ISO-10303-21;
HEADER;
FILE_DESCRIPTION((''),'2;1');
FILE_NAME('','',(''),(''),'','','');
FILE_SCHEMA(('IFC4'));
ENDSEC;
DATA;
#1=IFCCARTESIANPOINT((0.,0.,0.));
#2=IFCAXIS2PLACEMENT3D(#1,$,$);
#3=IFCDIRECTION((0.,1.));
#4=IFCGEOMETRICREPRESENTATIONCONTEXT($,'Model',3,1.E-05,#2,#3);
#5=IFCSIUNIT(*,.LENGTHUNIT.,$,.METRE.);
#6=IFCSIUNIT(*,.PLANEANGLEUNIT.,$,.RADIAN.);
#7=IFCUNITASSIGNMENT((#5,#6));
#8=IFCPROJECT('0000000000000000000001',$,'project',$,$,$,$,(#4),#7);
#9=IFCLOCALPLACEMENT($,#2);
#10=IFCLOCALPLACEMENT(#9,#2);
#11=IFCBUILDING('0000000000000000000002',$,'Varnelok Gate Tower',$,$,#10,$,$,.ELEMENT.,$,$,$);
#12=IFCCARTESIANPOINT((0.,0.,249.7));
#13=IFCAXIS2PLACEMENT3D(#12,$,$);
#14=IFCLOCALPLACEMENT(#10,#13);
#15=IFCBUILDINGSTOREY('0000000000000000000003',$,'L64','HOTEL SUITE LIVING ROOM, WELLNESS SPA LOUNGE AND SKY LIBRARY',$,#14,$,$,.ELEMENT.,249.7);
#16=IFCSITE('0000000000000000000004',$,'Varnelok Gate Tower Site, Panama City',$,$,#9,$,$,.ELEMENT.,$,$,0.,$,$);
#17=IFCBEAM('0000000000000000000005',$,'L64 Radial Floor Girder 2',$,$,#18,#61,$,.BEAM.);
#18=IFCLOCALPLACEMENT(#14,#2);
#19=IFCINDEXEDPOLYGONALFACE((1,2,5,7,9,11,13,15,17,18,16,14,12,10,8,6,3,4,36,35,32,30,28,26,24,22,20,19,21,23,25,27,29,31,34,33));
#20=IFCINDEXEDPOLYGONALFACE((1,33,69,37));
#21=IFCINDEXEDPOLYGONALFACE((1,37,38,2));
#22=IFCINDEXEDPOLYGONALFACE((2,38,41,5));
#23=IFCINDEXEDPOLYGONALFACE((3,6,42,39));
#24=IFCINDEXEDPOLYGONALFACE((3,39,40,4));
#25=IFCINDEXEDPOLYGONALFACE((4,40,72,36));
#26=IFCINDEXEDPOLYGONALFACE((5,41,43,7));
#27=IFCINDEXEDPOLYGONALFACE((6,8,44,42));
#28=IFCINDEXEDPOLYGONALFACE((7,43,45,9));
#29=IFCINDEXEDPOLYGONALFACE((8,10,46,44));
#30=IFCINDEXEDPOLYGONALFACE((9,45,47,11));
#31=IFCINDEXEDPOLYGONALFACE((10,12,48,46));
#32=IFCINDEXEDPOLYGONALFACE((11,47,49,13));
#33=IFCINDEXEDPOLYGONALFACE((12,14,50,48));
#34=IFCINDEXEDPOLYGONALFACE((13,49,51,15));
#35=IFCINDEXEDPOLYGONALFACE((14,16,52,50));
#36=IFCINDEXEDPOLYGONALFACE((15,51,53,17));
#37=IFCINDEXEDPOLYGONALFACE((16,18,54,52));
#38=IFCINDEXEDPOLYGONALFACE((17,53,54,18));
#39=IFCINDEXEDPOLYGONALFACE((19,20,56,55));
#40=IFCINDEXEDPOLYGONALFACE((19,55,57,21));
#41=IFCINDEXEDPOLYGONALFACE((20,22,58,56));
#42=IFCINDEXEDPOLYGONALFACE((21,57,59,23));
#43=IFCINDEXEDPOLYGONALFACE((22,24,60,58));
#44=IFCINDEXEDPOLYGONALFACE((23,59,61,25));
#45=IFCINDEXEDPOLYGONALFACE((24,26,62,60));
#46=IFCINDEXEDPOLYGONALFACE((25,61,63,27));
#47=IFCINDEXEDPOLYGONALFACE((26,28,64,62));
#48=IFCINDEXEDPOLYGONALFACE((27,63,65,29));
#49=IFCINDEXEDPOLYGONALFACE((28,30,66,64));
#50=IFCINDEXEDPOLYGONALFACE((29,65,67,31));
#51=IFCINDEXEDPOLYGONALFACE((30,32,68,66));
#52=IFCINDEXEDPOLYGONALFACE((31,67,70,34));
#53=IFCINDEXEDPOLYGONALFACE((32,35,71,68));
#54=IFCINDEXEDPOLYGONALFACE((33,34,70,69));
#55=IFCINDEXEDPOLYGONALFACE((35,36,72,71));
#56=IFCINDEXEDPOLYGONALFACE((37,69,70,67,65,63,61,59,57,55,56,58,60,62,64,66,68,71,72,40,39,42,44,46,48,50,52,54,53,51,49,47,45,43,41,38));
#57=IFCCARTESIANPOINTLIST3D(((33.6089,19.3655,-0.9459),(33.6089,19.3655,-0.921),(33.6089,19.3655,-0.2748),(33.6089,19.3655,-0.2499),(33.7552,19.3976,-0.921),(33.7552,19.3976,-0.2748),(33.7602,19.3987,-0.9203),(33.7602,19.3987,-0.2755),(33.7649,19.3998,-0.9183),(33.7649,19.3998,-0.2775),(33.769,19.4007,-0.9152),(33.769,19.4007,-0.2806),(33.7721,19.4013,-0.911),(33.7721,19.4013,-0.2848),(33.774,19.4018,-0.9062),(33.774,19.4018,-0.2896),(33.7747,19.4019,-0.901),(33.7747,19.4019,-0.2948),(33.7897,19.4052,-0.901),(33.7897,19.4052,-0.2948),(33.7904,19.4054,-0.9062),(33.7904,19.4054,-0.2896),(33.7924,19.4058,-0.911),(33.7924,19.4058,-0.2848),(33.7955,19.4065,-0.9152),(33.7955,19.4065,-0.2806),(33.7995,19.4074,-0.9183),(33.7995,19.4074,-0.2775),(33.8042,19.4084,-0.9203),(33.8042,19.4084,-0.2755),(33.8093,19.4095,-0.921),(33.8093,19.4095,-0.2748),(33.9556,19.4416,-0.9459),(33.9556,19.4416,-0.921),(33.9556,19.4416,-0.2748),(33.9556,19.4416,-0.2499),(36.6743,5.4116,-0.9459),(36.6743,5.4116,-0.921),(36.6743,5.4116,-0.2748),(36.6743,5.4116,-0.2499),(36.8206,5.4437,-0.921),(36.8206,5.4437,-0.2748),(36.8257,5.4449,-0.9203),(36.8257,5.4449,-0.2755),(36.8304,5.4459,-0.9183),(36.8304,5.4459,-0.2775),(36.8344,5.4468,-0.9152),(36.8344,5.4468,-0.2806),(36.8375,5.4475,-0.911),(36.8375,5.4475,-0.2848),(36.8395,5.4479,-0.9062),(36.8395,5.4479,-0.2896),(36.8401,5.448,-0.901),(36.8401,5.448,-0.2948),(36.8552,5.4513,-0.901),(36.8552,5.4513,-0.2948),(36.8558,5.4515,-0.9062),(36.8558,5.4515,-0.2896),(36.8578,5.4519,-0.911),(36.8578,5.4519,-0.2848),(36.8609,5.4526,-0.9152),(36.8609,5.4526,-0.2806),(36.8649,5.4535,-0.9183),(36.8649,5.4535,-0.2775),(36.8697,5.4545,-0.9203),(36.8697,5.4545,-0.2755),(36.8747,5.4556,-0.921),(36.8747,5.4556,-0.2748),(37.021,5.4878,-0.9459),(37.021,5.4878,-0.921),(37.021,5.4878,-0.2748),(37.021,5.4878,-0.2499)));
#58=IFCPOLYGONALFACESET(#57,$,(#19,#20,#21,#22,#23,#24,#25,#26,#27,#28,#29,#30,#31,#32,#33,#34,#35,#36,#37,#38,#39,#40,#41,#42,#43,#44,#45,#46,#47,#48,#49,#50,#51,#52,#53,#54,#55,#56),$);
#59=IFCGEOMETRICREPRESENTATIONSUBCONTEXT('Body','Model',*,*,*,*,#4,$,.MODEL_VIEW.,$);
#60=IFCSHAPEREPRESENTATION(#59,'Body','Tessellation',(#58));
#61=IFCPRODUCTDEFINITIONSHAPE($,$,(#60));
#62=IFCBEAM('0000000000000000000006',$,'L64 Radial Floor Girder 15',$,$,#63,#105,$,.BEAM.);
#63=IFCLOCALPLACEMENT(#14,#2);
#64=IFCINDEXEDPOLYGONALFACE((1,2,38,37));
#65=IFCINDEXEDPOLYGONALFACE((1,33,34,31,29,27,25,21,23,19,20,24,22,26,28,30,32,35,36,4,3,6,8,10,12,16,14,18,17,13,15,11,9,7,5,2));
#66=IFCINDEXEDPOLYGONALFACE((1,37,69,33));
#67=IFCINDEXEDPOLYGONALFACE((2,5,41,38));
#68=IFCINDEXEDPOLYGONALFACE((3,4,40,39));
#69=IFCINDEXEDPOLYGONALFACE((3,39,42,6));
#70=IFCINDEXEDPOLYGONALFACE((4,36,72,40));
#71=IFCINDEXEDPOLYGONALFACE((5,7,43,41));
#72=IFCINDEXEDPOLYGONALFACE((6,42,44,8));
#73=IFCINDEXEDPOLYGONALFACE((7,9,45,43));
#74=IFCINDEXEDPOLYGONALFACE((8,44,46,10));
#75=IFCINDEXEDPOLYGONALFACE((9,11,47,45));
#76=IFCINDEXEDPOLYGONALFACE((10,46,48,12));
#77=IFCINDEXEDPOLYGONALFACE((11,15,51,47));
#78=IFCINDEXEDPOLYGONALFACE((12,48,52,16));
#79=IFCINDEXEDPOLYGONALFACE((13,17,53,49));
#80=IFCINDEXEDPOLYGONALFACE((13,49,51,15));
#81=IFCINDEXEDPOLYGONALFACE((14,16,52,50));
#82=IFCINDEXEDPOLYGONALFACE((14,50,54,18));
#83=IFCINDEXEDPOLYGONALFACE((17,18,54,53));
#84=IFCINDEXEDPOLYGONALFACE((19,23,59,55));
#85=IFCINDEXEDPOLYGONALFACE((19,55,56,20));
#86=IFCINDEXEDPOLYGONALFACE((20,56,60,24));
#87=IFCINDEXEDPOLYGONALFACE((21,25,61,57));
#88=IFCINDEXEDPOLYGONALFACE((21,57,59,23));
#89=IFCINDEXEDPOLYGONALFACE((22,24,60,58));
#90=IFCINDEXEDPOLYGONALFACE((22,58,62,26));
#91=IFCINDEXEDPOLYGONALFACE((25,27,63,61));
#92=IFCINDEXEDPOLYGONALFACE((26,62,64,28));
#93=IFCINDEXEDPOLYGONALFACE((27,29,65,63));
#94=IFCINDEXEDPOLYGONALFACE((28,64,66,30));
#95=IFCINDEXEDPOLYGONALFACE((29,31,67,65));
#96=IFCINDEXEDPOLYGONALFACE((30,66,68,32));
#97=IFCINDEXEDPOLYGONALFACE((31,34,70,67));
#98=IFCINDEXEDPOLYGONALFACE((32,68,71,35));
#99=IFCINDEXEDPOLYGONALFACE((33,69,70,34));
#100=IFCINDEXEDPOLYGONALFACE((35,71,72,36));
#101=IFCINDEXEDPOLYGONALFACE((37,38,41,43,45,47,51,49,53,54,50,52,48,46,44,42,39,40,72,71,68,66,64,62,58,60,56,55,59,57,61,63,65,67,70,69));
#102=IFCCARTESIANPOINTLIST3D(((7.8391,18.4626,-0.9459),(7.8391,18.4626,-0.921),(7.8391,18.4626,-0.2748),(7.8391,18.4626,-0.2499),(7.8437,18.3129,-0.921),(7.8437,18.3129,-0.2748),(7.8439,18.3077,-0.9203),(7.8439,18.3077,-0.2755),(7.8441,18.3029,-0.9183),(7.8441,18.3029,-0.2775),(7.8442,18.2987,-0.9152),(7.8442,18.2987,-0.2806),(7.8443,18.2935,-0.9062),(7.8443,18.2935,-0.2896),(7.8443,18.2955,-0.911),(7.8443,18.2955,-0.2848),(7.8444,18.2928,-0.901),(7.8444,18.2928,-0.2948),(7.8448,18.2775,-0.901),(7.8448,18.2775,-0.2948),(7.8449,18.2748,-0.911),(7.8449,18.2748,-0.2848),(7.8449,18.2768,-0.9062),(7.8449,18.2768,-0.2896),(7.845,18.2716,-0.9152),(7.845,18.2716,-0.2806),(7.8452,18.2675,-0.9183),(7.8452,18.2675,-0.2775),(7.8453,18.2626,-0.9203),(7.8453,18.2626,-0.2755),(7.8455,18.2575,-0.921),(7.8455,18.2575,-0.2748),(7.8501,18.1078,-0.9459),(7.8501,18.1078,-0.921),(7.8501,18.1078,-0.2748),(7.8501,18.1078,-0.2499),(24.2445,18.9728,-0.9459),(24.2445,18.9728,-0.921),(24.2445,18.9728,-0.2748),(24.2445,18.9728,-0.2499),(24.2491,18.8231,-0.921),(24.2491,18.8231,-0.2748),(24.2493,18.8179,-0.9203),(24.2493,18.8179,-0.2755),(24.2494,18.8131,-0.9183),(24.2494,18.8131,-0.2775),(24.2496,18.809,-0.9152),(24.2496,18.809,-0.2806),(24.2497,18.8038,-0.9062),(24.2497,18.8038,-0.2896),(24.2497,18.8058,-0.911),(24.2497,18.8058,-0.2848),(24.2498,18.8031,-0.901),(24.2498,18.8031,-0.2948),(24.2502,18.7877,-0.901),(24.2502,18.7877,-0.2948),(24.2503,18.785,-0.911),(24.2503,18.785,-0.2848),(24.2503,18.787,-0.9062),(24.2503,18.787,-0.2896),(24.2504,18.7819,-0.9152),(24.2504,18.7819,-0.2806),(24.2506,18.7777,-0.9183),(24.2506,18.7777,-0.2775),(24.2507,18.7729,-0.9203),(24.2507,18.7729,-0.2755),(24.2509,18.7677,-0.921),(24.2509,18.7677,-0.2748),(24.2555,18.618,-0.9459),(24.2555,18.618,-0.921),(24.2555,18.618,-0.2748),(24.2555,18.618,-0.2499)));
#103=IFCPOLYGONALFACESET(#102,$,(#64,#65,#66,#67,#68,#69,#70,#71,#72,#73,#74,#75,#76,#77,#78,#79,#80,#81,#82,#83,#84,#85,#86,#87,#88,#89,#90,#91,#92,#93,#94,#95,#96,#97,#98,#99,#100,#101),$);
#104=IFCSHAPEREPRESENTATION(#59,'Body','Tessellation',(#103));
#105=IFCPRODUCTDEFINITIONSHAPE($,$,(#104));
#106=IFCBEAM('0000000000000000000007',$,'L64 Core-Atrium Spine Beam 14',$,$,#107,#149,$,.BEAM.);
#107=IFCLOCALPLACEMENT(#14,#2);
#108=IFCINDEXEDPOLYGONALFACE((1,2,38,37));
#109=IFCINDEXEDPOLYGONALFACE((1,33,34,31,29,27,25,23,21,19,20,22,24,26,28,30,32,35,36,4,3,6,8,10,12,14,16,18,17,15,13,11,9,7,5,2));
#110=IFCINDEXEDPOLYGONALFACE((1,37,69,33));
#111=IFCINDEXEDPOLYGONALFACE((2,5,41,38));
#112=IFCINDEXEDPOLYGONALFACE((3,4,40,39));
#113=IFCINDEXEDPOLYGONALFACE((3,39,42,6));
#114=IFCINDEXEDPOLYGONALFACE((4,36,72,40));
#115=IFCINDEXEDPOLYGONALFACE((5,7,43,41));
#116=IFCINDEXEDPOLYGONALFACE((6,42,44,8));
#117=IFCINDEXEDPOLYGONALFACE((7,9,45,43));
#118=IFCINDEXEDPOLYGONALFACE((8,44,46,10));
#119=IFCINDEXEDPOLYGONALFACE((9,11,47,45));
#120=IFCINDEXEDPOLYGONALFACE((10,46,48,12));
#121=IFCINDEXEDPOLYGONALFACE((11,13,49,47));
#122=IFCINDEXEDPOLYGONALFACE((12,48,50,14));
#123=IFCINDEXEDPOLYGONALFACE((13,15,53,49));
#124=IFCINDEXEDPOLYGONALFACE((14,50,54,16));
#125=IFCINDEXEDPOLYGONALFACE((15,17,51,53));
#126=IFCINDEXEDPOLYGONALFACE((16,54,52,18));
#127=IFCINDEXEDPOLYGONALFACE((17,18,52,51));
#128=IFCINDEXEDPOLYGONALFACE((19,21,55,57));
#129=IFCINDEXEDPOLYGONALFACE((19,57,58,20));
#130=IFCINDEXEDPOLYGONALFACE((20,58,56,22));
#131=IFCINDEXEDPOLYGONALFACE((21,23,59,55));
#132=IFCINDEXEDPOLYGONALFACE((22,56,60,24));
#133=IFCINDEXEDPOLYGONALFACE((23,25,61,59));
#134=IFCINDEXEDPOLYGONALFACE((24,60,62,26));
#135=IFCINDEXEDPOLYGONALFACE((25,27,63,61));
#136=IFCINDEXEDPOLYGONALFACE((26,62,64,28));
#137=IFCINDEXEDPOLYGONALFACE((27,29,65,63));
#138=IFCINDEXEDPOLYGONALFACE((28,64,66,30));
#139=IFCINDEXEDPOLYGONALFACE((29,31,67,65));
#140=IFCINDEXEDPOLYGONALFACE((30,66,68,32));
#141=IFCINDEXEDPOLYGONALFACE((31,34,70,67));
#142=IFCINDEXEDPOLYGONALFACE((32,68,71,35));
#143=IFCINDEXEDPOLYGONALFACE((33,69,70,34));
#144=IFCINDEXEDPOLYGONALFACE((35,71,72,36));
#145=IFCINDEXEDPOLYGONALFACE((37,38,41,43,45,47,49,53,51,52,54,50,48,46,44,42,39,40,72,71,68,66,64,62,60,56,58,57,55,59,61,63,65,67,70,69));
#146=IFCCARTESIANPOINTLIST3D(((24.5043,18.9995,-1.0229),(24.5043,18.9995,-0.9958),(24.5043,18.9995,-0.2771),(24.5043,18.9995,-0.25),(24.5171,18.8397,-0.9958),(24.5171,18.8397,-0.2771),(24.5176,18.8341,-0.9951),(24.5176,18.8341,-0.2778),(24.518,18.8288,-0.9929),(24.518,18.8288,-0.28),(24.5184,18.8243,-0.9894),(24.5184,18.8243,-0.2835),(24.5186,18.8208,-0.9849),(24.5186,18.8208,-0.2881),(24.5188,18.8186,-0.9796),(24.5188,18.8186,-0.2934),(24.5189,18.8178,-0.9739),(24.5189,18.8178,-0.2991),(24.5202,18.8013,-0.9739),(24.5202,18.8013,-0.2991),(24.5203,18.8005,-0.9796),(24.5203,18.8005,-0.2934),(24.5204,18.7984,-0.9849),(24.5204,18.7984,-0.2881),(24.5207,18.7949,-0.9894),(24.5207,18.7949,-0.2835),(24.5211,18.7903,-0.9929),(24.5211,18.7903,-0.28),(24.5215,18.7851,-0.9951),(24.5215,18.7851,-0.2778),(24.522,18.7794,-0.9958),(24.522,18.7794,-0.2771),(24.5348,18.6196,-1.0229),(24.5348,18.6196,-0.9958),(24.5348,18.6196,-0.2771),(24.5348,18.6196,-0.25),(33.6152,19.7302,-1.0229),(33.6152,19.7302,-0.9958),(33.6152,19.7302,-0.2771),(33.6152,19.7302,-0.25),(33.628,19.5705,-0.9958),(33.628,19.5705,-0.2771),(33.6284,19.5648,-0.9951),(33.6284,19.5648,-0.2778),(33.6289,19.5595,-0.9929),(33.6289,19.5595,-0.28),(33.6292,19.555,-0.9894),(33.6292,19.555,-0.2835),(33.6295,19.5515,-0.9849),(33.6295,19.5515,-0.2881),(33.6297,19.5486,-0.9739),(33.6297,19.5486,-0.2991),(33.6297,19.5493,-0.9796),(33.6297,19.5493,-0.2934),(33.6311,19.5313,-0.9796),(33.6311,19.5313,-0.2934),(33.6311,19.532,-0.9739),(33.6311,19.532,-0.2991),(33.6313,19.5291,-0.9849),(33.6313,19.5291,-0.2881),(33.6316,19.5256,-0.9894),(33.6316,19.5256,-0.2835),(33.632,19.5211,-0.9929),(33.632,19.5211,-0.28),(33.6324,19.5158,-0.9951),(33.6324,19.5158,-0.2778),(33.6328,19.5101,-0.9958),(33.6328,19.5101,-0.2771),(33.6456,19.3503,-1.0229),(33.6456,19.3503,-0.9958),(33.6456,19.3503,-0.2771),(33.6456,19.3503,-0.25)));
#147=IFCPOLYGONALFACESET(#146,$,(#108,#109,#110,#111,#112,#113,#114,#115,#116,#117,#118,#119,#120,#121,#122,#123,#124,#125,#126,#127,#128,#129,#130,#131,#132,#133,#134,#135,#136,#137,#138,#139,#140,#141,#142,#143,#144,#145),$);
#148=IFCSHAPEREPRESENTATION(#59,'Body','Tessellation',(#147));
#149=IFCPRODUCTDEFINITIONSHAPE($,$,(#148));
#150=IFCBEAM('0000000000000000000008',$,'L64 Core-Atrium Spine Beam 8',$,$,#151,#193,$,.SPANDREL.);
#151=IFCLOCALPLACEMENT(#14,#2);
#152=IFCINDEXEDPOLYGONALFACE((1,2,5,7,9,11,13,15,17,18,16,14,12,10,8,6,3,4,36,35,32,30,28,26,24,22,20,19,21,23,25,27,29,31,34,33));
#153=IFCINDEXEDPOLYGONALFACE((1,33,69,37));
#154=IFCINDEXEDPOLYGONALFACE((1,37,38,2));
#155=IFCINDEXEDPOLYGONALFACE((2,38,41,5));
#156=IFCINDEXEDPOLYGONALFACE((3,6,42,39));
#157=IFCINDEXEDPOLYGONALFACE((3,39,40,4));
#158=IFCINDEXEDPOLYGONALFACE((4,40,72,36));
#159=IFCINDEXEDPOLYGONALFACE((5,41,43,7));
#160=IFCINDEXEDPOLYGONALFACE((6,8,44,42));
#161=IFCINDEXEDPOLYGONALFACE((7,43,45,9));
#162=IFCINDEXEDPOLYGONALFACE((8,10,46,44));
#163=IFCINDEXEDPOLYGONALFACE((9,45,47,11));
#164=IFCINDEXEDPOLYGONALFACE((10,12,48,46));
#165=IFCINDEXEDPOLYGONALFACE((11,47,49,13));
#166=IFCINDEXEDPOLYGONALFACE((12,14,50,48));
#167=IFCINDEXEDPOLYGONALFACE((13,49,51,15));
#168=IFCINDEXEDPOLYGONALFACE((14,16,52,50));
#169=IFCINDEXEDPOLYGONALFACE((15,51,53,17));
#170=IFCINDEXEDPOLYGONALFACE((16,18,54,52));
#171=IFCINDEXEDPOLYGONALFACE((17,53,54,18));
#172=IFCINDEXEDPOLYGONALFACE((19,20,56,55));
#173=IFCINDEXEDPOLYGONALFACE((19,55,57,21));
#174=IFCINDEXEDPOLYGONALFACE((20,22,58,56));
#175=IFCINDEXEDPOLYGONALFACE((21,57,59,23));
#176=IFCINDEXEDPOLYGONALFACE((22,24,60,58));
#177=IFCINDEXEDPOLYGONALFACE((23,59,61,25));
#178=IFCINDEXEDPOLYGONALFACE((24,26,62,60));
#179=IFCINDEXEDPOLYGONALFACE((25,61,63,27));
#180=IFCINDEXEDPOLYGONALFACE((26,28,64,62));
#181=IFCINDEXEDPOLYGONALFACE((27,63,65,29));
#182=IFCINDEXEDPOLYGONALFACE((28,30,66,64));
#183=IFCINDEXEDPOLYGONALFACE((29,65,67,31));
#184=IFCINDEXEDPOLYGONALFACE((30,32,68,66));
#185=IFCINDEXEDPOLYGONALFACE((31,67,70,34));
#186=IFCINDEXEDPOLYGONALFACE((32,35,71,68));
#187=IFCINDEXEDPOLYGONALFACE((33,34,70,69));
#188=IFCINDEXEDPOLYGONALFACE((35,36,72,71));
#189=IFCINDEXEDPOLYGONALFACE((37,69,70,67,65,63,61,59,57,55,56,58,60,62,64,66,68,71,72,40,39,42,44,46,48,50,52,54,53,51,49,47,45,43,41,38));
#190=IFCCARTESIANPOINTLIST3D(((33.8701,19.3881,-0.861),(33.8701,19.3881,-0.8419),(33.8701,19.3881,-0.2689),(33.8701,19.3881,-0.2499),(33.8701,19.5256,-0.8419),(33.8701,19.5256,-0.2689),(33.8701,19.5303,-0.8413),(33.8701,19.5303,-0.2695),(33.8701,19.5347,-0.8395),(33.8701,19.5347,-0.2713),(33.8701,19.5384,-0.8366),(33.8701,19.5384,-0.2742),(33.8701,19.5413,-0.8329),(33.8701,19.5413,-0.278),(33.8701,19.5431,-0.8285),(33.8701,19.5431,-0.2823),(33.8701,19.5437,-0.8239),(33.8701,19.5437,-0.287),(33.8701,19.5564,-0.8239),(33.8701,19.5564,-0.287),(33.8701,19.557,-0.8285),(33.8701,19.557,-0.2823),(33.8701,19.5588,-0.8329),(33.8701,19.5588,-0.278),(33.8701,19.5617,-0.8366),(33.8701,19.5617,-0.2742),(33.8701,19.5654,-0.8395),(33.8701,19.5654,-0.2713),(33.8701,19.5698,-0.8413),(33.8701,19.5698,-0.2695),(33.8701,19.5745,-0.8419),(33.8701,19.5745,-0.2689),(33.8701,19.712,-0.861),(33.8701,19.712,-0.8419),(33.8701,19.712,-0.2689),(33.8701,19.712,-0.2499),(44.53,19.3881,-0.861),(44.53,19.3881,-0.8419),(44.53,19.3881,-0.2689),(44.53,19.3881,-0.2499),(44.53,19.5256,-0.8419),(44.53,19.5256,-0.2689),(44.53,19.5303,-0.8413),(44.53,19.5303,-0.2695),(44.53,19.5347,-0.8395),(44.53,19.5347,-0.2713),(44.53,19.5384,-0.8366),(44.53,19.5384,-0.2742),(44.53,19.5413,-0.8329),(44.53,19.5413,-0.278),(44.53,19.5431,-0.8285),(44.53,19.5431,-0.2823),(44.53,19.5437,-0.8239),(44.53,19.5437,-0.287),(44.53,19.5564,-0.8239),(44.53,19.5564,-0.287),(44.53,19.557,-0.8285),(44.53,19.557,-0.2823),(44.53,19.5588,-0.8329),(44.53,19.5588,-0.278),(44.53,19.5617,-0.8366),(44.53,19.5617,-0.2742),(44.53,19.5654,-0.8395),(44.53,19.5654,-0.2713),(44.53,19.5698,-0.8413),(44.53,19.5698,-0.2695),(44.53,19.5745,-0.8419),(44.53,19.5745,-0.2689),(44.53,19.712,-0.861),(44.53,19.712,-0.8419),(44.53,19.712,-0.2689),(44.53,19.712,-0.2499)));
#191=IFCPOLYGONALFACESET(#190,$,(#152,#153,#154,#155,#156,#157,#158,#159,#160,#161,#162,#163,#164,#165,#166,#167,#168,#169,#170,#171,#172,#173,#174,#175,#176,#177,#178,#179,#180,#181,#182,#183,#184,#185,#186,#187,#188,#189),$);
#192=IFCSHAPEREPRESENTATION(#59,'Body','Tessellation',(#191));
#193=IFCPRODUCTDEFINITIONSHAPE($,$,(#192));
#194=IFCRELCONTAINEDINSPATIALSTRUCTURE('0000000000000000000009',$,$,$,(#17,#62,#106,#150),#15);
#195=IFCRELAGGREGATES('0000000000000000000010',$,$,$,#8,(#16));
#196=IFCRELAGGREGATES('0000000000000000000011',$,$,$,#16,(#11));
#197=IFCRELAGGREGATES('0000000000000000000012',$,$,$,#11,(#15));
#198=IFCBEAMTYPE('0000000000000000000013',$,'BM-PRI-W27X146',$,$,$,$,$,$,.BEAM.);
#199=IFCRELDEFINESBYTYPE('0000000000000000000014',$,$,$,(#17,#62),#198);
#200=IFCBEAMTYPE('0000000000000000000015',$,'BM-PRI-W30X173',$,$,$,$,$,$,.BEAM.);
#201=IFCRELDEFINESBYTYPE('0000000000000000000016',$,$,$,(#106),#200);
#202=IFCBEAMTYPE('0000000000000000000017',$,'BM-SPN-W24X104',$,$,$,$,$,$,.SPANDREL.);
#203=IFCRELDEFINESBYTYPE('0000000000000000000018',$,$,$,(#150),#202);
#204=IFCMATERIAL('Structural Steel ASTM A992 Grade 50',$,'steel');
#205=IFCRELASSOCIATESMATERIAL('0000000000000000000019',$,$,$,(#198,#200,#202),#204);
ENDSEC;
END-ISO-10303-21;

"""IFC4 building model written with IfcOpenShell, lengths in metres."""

from ifc_helpers import new_model, si_unit, direction, frame, origin, origin_2d, place, context, subcontext, project, spatial, i_section, extrude, material, material_profile, profile_set, type_object, element, save


model = new_model("IFC4")

# Units and contexts
model_context = context("Model", 3, precision=1e-05, world=origin(), true_north=direction((0.0, 1.0)))
body_context = subcontext(model_context, "Body", "Model", "MODEL_VIEW")
ifc_project = project(units=[si_unit("LENGTHUNIT", "METRE"), si_unit("PLANEANGLEUNIT", "RADIAN")], contexts=[model_context])

# Site, building, storey
site_placement = place(None, origin())
site = spatial("IfcSite", under=ifc_project, at=site_placement, Name="Varnelok Gate Tower Site, Panama City", CompositionType="ELEMENT", RefElevation=0.0)
building_placement = place(site_placement, origin())
building = spatial("IfcBuilding", under=site, at=building_placement, Name="Varnelok Gate Tower", CompositionType="ELEMENT")
storey_placement = place(building_placement, frame((0.0, 0.0, 249.7)))
storey = spatial("IfcBuildingStorey", under=building, at=storey_placement, Name="L64", Description="HOTEL SUITE LIVING ROOM, WELLNESS SPA LOUNGE AND SKY LIBRARY", CompositionType="ELEMENT", Elevation=249.7)

# Shared definitions
ifc_material_1 = material(Name="Structural Steel ASTM A992 Grade 50", Category="steel")

# Beams
ifc_material_profile_1 = material_profile(ifc_material_1, i_section(OverallWidth=0.355, OverallDepth=0.696, WebThickness=0.0154, FlangeThickness=0.0249, FilletRadius=0.02, at=origin_2d()), Name="W27X146")
ifc_profile_set_1 = profile_set([ifc_material_profile_1], Name="Structural Steel ASTM A992 Grade 50")
beam_type_1 = type_object("IfcBeamType", Name="BM-PRI-W27X146", PredefinedType="BEAM", material=ifc_profile_set_1)
beam_1_placement = place(storey_placement, frame((33.7822, 19.4036, -0.5979), z_axis=(0.214567, -0.976709, 0.0), x_axis=(0.976709, 0.214567, 0.0)))
element("IfcBeam", 1, at=beam_1_placement, inside=storey, type_object=beam_type_1, Name="L64 Radial Floor Girder 2", PredefinedType="BEAM", context=body_context, shape_type="SweptSolid", body=[
    extrude(i_section(OverallWidth=0.355, OverallDepth=0.696, WebThickness=0.0154, FlangeThickness=0.0249, FilletRadius=0.02, at=origin_2d()), origin(), (0.0, 0.0, 1.0), 14.2866),
])
beam_2_placement = place(storey_placement, frame((24.25, 18.7954, -0.5979), z_axis=(-0.999517, -0.031088, 0.0), x_axis=(0.031088, -0.999517, 0.0)))
element("IfcBeam", 2, at=beam_2_placement, inside=storey, type_object=beam_type_1, Name="L64 Radial Floor Girder 15", PredefinedType="BEAM", context=body_context, shape_type="SweptSolid", body=[
    extrude(i_section(OverallWidth=0.355, OverallDepth=0.696, WebThickness=0.0154, FlangeThickness=0.0249, FilletRadius=0.02, at=origin_2d()), origin(), (0.0, 0.0, 1.0), 16.4133),
])
ifc_material_profile_2 = material_profile(ifc_material_1, i_section(OverallWidth=0.3811, OverallDepth=0.7729, WebThickness=0.0166, FlangeThickness=0.0271, FilletRadius=0.022, at=origin_2d()), Name="W30X173")
ifc_profile_set_2 = profile_set([ifc_material_profile_2], Name="Structural Steel ASTM A992 Grade 50")
beam_type_2 = type_object("IfcBeamType", Name="BM-PRI-W30X173", PredefinedType="BEAM", material=ifc_profile_set_2)
beam_3_placement = place(storey_placement, frame((24.5195, 18.8096, -0.6365), z_axis=(0.996799, 0.079946, 0.0), x_axis=(-0.079946, 0.996799, 0.0)))
element("IfcBeam", 3, at=beam_3_placement, inside=storey, type_object=beam_type_2, Name="L64 Core-Atrium Spine Beam 14", PredefinedType="BEAM", context=body_context, shape_type="SweptSolid", body=[
    extrude(i_section(OverallWidth=0.3811, OverallDepth=0.7729, WebThickness=0.0166, FlangeThickness=0.0271, FilletRadius=0.022, at=origin_2d()), origin(), (0.0, 0.0, 1.0), 9.1401),
])
ifc_material_profile_3 = material_profile(ifc_material_1, i_section(OverallWidth=0.324, OverallDepth=0.6111, WebThickness=0.0127, FlangeThickness=0.019, FilletRadius=0.0181, at=origin_2d()), Name="W24X104")
ifc_profile_set_3 = profile_set([ifc_material_profile_3], Name="Structural Steel ASTM A992 Grade 50")
beam_type_3 = type_object("IfcBeamType", Name="BM-SPN-W24X104", PredefinedType="SPANDREL", material=ifc_profile_set_3)
beam_4_placement = place(storey_placement, frame((33.8701, 19.55, -0.5554), z_axis=(1.0, 0.0, 0.0), x_axis=(0.0, 1.0, 0.0)))
element("IfcBeam", 4, at=beam_4_placement, inside=storey, type_object=beam_type_3, Name="L64 Core-Atrium Spine Beam 8", PredefinedType="SPANDREL", context=body_context, shape_type="SweptSolid", body=[
    extrude(i_section(OverallWidth=0.324, OverallDepth=0.6111, WebThickness=0.0127, FlangeThickness=0.019, FilletRadius=0.0181, at=origin_2d()), origin(), (0.0, 0.0, 1.0), 10.6599),
])

save(model, "model.ifc")
